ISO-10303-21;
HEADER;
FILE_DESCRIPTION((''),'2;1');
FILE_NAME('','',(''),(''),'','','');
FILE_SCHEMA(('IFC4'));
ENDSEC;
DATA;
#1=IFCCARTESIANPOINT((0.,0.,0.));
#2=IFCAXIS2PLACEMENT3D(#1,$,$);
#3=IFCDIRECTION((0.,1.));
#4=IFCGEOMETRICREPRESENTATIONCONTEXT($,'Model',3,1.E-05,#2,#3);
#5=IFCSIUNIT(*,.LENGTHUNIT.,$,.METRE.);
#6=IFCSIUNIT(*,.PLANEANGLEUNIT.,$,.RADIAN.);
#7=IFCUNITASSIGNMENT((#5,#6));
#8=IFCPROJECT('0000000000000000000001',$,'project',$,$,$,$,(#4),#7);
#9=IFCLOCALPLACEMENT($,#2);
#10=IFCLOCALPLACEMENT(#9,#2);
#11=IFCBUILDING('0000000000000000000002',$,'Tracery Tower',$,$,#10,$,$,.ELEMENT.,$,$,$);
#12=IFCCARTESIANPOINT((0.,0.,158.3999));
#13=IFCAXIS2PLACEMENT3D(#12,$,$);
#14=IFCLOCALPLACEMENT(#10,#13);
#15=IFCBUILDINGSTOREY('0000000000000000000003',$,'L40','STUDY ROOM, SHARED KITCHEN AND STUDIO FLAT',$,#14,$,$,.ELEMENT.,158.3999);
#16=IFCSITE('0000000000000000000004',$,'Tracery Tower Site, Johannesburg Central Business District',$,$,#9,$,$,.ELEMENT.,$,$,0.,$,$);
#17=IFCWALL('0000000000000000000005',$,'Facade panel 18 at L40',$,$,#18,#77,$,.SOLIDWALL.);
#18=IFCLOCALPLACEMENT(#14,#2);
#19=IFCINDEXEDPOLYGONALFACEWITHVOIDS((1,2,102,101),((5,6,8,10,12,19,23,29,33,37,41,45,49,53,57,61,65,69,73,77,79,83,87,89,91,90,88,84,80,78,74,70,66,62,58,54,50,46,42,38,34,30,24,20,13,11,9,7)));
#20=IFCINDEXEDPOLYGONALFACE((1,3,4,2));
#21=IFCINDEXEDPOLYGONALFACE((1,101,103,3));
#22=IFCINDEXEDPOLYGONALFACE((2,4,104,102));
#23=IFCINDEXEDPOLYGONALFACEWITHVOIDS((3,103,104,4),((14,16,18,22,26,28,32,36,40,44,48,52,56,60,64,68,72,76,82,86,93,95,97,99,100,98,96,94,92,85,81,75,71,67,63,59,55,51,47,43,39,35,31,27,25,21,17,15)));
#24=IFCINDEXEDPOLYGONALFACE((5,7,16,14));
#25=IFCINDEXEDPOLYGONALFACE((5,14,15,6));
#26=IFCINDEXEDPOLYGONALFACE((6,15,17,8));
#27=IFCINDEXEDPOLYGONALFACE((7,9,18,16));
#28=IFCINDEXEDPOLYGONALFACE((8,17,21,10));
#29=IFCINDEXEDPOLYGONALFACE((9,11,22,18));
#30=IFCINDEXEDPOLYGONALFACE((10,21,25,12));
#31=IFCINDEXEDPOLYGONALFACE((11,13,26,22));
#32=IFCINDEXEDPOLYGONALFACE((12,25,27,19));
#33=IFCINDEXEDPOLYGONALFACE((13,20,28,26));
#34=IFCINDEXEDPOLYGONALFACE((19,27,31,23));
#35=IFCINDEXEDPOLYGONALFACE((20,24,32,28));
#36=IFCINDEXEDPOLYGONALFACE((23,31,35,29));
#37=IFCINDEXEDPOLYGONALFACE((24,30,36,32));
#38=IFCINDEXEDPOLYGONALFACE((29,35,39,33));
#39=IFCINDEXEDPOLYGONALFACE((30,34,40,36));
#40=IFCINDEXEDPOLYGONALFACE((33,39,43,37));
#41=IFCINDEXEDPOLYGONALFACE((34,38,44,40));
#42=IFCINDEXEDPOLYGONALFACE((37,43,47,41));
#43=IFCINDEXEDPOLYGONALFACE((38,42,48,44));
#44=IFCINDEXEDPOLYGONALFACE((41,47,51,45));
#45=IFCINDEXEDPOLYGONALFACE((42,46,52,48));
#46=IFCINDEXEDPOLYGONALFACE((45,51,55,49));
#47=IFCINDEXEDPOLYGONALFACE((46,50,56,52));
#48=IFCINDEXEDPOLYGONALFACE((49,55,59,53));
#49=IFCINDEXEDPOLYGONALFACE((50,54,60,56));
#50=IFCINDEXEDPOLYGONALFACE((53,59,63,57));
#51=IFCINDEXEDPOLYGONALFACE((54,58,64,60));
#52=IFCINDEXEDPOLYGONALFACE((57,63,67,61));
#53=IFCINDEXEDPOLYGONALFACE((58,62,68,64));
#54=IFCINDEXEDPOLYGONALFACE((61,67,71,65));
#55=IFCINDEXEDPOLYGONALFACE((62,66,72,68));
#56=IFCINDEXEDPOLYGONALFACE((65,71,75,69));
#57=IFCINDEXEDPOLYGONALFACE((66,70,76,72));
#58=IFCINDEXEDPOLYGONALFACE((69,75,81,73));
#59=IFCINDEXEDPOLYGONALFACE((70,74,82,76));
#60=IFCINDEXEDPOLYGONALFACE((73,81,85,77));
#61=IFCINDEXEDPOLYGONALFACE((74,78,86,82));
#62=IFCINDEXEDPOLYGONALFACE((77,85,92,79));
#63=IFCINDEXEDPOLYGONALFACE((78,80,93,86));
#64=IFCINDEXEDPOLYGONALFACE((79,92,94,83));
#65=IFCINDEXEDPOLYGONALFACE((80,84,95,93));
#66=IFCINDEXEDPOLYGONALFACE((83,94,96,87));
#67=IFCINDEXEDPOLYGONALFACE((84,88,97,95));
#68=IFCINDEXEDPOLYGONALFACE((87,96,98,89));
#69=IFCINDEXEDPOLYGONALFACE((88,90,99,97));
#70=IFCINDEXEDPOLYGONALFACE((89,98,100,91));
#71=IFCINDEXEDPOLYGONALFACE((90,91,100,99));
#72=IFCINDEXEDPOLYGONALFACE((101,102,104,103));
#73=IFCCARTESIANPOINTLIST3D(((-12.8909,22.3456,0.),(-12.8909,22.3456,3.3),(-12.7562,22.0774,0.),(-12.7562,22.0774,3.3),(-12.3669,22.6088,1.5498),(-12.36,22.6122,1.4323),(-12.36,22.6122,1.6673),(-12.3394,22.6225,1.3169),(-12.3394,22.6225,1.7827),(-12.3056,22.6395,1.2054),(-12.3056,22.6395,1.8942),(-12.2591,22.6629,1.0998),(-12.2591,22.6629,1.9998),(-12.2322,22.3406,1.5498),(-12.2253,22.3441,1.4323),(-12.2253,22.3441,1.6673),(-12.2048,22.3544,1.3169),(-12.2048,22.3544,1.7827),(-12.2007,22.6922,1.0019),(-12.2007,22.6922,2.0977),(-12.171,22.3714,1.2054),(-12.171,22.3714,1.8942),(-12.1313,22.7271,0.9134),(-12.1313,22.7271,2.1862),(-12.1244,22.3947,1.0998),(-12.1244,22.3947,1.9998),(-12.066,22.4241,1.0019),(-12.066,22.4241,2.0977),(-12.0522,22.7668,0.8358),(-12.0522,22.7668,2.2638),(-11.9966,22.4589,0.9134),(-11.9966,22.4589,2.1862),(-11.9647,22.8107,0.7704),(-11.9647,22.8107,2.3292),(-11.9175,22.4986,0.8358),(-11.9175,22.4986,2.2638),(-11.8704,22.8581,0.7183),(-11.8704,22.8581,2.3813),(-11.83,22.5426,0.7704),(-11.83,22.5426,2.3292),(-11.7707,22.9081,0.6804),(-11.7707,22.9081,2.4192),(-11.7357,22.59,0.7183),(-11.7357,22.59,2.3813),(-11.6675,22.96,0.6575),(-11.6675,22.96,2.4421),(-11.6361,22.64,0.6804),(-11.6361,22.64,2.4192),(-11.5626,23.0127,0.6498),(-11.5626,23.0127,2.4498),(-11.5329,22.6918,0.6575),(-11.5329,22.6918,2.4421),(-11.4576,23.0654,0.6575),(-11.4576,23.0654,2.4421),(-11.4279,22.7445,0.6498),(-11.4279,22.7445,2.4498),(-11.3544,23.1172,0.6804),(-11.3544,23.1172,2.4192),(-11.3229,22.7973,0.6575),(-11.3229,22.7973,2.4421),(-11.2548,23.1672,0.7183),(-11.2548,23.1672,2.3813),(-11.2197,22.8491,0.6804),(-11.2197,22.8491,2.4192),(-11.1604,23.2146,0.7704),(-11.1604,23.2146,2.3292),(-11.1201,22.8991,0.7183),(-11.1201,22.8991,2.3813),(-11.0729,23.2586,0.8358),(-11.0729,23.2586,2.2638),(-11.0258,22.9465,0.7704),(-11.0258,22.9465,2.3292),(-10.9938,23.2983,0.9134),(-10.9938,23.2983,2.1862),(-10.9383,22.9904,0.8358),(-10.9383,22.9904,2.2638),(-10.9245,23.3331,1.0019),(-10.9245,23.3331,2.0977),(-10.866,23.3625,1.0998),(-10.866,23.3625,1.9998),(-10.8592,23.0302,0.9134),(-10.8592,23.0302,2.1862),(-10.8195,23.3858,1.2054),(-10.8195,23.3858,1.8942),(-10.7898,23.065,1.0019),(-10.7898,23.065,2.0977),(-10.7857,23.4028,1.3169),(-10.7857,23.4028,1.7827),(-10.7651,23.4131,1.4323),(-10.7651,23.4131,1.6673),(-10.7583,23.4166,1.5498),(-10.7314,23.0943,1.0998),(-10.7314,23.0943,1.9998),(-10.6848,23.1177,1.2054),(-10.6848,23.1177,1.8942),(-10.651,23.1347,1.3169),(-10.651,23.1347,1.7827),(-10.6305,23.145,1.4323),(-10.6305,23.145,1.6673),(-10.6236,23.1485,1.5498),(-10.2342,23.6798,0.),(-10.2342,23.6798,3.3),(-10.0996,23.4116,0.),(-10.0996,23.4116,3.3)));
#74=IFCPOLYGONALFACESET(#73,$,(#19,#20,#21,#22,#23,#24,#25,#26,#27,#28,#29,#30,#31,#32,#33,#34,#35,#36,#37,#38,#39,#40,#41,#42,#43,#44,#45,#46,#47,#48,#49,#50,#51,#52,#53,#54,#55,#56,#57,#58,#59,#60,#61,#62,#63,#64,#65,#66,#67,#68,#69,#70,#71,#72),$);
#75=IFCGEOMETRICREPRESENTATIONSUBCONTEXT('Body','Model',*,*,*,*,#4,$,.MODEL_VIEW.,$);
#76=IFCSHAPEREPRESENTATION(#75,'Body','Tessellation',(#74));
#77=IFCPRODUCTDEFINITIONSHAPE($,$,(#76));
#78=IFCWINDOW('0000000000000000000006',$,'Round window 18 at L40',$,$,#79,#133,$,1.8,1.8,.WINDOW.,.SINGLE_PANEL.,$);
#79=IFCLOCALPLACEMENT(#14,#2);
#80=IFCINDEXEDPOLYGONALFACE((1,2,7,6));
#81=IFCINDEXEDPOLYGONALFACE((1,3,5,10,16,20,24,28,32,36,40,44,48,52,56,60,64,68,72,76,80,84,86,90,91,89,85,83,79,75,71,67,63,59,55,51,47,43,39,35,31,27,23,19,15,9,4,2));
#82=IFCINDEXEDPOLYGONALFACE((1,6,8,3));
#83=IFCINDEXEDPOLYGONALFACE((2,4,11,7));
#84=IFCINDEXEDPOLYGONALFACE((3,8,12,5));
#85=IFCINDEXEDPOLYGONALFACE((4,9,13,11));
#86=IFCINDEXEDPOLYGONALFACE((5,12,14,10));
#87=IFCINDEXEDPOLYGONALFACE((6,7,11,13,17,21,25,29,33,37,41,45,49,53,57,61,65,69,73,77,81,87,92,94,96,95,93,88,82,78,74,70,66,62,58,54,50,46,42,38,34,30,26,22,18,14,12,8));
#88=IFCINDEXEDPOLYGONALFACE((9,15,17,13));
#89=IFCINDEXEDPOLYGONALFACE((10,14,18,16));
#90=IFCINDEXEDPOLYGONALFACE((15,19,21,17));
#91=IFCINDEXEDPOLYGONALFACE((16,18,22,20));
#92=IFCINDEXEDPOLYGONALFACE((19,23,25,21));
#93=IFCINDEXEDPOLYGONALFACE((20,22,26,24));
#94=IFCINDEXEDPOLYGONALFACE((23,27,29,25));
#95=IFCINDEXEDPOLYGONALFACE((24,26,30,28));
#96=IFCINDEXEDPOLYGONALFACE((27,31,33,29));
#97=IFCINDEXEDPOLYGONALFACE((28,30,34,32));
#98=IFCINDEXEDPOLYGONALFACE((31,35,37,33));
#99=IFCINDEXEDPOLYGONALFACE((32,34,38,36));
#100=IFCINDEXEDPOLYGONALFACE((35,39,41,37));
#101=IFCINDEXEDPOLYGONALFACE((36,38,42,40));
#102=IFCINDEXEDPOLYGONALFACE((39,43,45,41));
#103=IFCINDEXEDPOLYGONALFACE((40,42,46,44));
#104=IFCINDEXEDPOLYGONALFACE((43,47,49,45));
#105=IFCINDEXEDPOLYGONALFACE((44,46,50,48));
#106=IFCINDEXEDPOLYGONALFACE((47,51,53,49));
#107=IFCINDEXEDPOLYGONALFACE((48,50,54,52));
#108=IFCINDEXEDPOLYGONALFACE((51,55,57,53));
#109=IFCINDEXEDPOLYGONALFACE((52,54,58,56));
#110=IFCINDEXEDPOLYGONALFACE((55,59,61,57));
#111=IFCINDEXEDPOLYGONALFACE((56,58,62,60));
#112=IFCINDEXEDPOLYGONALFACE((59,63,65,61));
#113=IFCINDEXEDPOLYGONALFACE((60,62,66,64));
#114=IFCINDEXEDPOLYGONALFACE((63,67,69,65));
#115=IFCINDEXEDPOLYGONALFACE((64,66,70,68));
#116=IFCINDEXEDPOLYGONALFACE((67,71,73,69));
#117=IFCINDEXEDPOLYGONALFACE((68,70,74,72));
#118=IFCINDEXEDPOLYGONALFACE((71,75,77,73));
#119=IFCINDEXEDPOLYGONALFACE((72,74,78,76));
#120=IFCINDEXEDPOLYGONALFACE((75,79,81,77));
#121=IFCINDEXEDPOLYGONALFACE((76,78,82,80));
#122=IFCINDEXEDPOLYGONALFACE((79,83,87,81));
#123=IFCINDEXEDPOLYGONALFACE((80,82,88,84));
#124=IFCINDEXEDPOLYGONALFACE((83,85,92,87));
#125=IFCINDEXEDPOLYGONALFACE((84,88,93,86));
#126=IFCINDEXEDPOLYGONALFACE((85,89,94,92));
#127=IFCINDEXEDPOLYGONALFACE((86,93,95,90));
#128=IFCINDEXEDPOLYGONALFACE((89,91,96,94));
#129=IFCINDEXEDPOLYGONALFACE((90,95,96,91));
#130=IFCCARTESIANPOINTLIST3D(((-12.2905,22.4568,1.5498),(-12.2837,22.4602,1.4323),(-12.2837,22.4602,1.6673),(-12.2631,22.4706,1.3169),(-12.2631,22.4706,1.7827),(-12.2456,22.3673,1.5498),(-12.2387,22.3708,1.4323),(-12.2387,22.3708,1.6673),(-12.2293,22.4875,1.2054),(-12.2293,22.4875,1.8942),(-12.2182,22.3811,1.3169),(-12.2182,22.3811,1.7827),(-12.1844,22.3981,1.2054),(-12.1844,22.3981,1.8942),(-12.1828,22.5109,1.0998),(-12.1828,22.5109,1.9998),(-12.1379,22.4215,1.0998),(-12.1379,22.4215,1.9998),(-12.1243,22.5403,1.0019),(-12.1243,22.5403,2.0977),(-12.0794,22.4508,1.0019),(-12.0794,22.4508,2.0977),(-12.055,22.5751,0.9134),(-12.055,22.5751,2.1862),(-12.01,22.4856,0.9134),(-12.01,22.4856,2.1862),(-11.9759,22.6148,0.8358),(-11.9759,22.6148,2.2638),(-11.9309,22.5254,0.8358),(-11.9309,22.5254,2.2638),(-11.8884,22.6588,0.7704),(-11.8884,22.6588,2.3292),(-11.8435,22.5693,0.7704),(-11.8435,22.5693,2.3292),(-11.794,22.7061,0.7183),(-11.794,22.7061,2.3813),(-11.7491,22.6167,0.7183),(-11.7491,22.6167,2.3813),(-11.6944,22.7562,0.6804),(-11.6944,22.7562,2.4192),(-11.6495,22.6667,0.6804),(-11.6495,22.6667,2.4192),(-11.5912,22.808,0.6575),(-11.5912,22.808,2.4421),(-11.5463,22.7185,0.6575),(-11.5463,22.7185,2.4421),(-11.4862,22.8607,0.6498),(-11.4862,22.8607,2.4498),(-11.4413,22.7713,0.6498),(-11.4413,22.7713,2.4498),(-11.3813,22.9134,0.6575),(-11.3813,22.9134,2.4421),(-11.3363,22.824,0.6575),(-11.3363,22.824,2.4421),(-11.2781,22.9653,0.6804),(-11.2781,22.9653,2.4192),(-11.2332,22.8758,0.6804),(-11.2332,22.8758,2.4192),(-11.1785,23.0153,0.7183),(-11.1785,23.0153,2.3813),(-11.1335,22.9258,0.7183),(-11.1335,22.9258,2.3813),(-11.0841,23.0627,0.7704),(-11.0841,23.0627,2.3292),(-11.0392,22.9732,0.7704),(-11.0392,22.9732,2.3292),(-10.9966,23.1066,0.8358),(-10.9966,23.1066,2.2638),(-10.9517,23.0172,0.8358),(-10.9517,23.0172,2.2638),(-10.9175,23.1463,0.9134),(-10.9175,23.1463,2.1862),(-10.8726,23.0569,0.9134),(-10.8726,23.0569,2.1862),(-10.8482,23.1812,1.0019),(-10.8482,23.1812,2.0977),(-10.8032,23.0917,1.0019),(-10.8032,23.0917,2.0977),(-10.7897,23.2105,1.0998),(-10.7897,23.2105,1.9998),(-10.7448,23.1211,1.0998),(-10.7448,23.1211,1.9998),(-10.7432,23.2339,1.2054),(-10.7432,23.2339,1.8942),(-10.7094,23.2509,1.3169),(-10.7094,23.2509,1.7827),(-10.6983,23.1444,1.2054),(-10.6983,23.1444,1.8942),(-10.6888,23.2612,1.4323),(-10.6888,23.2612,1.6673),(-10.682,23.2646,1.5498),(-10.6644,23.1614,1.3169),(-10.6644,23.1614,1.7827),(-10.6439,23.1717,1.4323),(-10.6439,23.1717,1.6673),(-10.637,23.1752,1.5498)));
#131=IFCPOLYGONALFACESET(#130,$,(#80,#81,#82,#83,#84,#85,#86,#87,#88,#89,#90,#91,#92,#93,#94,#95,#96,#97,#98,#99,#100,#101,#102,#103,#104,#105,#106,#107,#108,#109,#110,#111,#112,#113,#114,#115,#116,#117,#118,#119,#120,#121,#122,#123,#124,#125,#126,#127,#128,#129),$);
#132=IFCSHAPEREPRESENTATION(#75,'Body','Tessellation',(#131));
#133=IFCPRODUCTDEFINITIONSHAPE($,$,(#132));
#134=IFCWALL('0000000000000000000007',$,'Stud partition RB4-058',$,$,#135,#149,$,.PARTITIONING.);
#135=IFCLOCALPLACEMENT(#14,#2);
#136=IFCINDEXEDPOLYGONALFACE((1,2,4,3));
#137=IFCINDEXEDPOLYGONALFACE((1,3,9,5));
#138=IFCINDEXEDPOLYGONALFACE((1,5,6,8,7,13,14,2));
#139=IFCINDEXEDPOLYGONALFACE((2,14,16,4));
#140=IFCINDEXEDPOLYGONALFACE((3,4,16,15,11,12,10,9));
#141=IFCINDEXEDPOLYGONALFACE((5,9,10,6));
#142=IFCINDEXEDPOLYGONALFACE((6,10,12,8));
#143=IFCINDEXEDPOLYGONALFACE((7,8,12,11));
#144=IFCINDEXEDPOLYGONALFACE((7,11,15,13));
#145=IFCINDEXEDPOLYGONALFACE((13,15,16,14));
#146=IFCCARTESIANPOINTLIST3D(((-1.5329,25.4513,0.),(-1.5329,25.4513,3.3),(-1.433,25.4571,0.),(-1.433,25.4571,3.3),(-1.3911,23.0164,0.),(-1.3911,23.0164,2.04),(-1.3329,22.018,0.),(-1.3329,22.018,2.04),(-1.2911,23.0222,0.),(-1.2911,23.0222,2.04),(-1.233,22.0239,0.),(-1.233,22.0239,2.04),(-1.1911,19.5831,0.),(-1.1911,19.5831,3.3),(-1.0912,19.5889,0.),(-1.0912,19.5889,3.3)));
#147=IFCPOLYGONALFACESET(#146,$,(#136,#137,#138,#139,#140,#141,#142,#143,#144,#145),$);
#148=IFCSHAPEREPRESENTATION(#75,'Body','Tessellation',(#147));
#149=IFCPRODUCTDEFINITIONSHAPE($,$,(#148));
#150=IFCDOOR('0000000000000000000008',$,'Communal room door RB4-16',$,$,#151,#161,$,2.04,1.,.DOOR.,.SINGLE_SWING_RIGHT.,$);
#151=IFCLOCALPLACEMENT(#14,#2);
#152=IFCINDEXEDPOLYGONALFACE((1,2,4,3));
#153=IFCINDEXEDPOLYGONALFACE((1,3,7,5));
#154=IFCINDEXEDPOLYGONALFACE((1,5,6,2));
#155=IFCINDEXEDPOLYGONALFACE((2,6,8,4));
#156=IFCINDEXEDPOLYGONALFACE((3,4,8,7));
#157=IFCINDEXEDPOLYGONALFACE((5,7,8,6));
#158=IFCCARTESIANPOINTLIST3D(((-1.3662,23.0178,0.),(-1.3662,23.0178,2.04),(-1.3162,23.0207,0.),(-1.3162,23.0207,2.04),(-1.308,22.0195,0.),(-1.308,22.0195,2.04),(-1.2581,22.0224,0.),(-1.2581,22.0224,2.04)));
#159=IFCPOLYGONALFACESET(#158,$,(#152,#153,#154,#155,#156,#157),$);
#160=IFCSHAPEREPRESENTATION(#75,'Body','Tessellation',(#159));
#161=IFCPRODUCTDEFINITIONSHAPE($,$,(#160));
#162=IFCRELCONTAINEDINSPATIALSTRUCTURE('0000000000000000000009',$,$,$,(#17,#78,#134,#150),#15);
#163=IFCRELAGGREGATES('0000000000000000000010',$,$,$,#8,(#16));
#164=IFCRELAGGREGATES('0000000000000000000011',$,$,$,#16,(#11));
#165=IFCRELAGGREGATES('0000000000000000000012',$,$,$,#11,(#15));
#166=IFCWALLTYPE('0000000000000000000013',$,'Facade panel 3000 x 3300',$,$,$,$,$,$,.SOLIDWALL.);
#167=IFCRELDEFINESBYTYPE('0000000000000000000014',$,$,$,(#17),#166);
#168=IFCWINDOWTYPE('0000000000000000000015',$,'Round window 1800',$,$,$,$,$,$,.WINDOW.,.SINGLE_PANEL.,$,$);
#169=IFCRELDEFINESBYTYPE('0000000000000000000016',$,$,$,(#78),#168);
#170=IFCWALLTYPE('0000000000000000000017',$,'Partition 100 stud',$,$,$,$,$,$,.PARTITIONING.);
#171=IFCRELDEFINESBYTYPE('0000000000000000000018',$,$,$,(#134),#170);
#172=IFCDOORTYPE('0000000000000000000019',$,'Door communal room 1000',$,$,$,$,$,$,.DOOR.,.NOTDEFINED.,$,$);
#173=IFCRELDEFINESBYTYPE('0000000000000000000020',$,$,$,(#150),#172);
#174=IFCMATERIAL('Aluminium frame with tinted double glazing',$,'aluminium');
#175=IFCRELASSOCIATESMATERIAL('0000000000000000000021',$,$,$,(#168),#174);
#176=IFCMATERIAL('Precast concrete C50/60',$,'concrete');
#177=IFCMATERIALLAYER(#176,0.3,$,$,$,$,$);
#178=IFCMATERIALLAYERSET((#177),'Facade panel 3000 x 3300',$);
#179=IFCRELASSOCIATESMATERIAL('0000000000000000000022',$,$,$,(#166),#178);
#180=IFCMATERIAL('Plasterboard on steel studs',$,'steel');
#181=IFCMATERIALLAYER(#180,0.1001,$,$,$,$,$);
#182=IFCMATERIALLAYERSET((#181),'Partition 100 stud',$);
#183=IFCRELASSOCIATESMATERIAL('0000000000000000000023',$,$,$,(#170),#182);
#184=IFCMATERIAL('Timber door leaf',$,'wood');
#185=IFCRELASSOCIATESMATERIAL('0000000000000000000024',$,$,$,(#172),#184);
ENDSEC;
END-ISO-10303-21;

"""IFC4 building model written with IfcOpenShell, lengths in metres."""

from ifc_helpers import new_model, si_unit, direction, frame, frame_2d, origin, origin_2d, place, context, subcontext, project, spatial, rectangle, circle, extrude, material, layer, layer_set, type_object, element, fill, save


model = new_model("IFC4")

# Units and contexts
model_context = context("Model", 3, precision=1e-05, world=origin(), true_north=direction((0.0, 1.0)))
body_context = subcontext(model_context, "Body", "Model", "MODEL_VIEW")
ifc_project = project(units=[si_unit("LENGTHUNIT", "METRE"), si_unit("PLANEANGLEUNIT", "RADIAN")], contexts=[model_context])

# Site, building, storey
site_placement = place(None, origin())
site = spatial("IfcSite", under=ifc_project, at=site_placement, Name="Tracery Tower Site, Johannesburg Central Business District", CompositionType="ELEMENT", RefElevation=0.0)
building_placement = place(site_placement, origin())
building = spatial("IfcBuilding", under=site, at=building_placement, Name="Tracery Tower", CompositionType="ELEMENT")
storey_placement = place(building_placement, frame((0.0, 0.0, 158.3999)))
storey = spatial("IfcBuildingStorey", under=building, at=storey_placement, Name="L40", Description="STUDY ROOM, SHARED KITCHEN AND STUDIO FLAT", CompositionType="ELEMENT", Elevation=158.3999)

# Wall, opening, window
ifc_material_1 = material(Name="Aluminium frame with tinted double glazing", Category="aluminium")
window_type = type_object("IfcWindowType", Name="Round window 1800", PartitioningType="SINGLE_PANEL", PredefinedType="WINDOW", material=ifc_material_1)
ifc_material_2 = material(Name="Precast concrete C50/60", Category="concrete")
ifc_layer_1 = layer(ifc_material_2, 0.3)
ifc_layer_set_1 = layer_set([ifc_layer_1], Name="Facade panel 3000 x 3300")
wall_type_1 = type_object("IfcWallType", Name="Facade panel 3000 x 3300", PredefinedType="SOLIDWALL", material=ifc_layer_set_1)
wall_1_placement = place(storey_placement, frame((-10.167, 23.5457, 0.0), z_axis=(0.0, 0.0, 1.0), x_axis=(-0.893637, -0.44879, 0.0)))
wall_1 = element("IfcWall", 1, at=wall_1_placement, inside=storey, type_object=wall_type_1, Name="Facade panel 18 at L40", PredefinedType="SOLIDWALL", context=body_context, shape_type="SweptSolid", body=[
    extrude(rectangle(XDim=2.9729, YDim=0.3, at=frame_2d((1.4863, 0.0))), origin(), (0.0, 0.0, 1.0), 3.3),
])
opening_1_placement = place(wall_1_placement, frame((1.4863, 0.0, 1.5498)))
opening_1 = element("IfcOpeningElement", 2, at=opening_1_placement, cuts=wall_1, PredefinedType="OPENING", context=body_context, shape_type="SweptSolid", body=[
    extrude(circle(Radius=0.9, at=origin_2d()), frame((0.0, 0.1599, 0.0), z_axis=(0.0, -1.0, 0.0), x_axis=(1.0, 0.0, 0.0)), (0.0, 0.0, 1.0), 0.3201),
])
window_1_placement = place(opening_1_placement, origin())
window_1 = element("IfcWindow", 3, at=window_1_placement, inside=storey, type_object=window_type, Name="Round window 18 at L40", OverallHeight=1.8, OverallWidth=1.8, PartitioningType="SINGLE_PANEL", PredefinedType="WINDOW", context=body_context, shape_type="SweptSolid", body=[
    extrude(circle(Radius=0.9, at=origin_2d()), frame((0.0, 0.1201, 0.0), z_axis=(0.0, -1.0, 0.0), x_axis=(1.0, 0.0, 0.0)), (0.0, 0.0, 1.0), 0.1001),
])
fill(opening_1, window_1)

# Wall, opening, door
ifc_material_3 = material(Name="Plasterboard on steel studs", Category="steel")
ifc_layer_2 = layer(ifc_material_3, 0.1001)
ifc_layer_set_2 = layer_set([ifc_layer_2], Name="Partition 100 stud")
wall_type_2 = type_object("IfcWallType", Name="Partition 100 stud", PredefinedType="PARTITIONING", material=ifc_layer_set_2)
wall_2_placement = place(storey_placement, frame((-1.4829, 25.4541, 0.0), z_axis=(0.0, 0.0, 1.0), x_axis=(0.058147, -0.998308, 0.0)))
wall_2 = element("IfcWall", 4, at=wall_2_placement, inside=storey, type_object=wall_type_2, Name="Stud partition RB4-058", PredefinedType="PARTITIONING", context=body_context, shape_type="SweptSolid", body=[
    extrude(rectangle(XDim=5.8782, YDim=0.1001, at=frame_2d((2.939, 0.0))), origin(), (0.0, 0.0, 1.0), 3.3),
])
opening_2_placement = place(wall_2_placement, frame((2.439, 0.0, 0.0)))
opening_2 = element("IfcOpeningElement", 5, at=opening_2_placement, cuts=wall_2, PredefinedType="OPENING", context=body_context, shape_type="SweptSolid", body=[
    extrude(rectangle(XDim=1.0, YDim=2.04, at=frame_2d((0.5, 1.02))), frame((0.0, 0.05, 0.0), z_axis=(0.0, -1.0, 0.0), x_axis=(1.0, 0.0, 0.0)), (0.0, 0.0, 1.0), 0.1001),
])
ifc_material_4 = material(Name="Timber door leaf", Category="wood")
door_type_1 = type_object("IfcDoorType", Name="Door communal room 1000", OperationType="NOTDEFINED", PredefinedType="DOOR", material=ifc_material_4)
door_1_placement = place(opening_2_placement, origin())
door_1 = element("IfcDoor", 6, at=door_1_placement, inside=storey, type_object=door_type_1, Name="Communal room door RB4-16", OperationType="SINGLE_SWING_RIGHT", OverallHeight=2.04, OverallWidth=1.0, PredefinedType="DOOR", context=body_context, shape_type="SweptSolid", body=[
    extrude(rectangle(XDim=1.0, YDim=2.04, at=frame_2d((0.5, 1.02))), frame((0.0, 0.0249, 0.0), z_axis=(0.0, -1.0, 0.0), x_axis=(1.0, 0.0, 0.0)), (0.0, 0.0, 1.0), 0.05),
])
fill(opening_2, door_1)

save(model, "model.ifc")
